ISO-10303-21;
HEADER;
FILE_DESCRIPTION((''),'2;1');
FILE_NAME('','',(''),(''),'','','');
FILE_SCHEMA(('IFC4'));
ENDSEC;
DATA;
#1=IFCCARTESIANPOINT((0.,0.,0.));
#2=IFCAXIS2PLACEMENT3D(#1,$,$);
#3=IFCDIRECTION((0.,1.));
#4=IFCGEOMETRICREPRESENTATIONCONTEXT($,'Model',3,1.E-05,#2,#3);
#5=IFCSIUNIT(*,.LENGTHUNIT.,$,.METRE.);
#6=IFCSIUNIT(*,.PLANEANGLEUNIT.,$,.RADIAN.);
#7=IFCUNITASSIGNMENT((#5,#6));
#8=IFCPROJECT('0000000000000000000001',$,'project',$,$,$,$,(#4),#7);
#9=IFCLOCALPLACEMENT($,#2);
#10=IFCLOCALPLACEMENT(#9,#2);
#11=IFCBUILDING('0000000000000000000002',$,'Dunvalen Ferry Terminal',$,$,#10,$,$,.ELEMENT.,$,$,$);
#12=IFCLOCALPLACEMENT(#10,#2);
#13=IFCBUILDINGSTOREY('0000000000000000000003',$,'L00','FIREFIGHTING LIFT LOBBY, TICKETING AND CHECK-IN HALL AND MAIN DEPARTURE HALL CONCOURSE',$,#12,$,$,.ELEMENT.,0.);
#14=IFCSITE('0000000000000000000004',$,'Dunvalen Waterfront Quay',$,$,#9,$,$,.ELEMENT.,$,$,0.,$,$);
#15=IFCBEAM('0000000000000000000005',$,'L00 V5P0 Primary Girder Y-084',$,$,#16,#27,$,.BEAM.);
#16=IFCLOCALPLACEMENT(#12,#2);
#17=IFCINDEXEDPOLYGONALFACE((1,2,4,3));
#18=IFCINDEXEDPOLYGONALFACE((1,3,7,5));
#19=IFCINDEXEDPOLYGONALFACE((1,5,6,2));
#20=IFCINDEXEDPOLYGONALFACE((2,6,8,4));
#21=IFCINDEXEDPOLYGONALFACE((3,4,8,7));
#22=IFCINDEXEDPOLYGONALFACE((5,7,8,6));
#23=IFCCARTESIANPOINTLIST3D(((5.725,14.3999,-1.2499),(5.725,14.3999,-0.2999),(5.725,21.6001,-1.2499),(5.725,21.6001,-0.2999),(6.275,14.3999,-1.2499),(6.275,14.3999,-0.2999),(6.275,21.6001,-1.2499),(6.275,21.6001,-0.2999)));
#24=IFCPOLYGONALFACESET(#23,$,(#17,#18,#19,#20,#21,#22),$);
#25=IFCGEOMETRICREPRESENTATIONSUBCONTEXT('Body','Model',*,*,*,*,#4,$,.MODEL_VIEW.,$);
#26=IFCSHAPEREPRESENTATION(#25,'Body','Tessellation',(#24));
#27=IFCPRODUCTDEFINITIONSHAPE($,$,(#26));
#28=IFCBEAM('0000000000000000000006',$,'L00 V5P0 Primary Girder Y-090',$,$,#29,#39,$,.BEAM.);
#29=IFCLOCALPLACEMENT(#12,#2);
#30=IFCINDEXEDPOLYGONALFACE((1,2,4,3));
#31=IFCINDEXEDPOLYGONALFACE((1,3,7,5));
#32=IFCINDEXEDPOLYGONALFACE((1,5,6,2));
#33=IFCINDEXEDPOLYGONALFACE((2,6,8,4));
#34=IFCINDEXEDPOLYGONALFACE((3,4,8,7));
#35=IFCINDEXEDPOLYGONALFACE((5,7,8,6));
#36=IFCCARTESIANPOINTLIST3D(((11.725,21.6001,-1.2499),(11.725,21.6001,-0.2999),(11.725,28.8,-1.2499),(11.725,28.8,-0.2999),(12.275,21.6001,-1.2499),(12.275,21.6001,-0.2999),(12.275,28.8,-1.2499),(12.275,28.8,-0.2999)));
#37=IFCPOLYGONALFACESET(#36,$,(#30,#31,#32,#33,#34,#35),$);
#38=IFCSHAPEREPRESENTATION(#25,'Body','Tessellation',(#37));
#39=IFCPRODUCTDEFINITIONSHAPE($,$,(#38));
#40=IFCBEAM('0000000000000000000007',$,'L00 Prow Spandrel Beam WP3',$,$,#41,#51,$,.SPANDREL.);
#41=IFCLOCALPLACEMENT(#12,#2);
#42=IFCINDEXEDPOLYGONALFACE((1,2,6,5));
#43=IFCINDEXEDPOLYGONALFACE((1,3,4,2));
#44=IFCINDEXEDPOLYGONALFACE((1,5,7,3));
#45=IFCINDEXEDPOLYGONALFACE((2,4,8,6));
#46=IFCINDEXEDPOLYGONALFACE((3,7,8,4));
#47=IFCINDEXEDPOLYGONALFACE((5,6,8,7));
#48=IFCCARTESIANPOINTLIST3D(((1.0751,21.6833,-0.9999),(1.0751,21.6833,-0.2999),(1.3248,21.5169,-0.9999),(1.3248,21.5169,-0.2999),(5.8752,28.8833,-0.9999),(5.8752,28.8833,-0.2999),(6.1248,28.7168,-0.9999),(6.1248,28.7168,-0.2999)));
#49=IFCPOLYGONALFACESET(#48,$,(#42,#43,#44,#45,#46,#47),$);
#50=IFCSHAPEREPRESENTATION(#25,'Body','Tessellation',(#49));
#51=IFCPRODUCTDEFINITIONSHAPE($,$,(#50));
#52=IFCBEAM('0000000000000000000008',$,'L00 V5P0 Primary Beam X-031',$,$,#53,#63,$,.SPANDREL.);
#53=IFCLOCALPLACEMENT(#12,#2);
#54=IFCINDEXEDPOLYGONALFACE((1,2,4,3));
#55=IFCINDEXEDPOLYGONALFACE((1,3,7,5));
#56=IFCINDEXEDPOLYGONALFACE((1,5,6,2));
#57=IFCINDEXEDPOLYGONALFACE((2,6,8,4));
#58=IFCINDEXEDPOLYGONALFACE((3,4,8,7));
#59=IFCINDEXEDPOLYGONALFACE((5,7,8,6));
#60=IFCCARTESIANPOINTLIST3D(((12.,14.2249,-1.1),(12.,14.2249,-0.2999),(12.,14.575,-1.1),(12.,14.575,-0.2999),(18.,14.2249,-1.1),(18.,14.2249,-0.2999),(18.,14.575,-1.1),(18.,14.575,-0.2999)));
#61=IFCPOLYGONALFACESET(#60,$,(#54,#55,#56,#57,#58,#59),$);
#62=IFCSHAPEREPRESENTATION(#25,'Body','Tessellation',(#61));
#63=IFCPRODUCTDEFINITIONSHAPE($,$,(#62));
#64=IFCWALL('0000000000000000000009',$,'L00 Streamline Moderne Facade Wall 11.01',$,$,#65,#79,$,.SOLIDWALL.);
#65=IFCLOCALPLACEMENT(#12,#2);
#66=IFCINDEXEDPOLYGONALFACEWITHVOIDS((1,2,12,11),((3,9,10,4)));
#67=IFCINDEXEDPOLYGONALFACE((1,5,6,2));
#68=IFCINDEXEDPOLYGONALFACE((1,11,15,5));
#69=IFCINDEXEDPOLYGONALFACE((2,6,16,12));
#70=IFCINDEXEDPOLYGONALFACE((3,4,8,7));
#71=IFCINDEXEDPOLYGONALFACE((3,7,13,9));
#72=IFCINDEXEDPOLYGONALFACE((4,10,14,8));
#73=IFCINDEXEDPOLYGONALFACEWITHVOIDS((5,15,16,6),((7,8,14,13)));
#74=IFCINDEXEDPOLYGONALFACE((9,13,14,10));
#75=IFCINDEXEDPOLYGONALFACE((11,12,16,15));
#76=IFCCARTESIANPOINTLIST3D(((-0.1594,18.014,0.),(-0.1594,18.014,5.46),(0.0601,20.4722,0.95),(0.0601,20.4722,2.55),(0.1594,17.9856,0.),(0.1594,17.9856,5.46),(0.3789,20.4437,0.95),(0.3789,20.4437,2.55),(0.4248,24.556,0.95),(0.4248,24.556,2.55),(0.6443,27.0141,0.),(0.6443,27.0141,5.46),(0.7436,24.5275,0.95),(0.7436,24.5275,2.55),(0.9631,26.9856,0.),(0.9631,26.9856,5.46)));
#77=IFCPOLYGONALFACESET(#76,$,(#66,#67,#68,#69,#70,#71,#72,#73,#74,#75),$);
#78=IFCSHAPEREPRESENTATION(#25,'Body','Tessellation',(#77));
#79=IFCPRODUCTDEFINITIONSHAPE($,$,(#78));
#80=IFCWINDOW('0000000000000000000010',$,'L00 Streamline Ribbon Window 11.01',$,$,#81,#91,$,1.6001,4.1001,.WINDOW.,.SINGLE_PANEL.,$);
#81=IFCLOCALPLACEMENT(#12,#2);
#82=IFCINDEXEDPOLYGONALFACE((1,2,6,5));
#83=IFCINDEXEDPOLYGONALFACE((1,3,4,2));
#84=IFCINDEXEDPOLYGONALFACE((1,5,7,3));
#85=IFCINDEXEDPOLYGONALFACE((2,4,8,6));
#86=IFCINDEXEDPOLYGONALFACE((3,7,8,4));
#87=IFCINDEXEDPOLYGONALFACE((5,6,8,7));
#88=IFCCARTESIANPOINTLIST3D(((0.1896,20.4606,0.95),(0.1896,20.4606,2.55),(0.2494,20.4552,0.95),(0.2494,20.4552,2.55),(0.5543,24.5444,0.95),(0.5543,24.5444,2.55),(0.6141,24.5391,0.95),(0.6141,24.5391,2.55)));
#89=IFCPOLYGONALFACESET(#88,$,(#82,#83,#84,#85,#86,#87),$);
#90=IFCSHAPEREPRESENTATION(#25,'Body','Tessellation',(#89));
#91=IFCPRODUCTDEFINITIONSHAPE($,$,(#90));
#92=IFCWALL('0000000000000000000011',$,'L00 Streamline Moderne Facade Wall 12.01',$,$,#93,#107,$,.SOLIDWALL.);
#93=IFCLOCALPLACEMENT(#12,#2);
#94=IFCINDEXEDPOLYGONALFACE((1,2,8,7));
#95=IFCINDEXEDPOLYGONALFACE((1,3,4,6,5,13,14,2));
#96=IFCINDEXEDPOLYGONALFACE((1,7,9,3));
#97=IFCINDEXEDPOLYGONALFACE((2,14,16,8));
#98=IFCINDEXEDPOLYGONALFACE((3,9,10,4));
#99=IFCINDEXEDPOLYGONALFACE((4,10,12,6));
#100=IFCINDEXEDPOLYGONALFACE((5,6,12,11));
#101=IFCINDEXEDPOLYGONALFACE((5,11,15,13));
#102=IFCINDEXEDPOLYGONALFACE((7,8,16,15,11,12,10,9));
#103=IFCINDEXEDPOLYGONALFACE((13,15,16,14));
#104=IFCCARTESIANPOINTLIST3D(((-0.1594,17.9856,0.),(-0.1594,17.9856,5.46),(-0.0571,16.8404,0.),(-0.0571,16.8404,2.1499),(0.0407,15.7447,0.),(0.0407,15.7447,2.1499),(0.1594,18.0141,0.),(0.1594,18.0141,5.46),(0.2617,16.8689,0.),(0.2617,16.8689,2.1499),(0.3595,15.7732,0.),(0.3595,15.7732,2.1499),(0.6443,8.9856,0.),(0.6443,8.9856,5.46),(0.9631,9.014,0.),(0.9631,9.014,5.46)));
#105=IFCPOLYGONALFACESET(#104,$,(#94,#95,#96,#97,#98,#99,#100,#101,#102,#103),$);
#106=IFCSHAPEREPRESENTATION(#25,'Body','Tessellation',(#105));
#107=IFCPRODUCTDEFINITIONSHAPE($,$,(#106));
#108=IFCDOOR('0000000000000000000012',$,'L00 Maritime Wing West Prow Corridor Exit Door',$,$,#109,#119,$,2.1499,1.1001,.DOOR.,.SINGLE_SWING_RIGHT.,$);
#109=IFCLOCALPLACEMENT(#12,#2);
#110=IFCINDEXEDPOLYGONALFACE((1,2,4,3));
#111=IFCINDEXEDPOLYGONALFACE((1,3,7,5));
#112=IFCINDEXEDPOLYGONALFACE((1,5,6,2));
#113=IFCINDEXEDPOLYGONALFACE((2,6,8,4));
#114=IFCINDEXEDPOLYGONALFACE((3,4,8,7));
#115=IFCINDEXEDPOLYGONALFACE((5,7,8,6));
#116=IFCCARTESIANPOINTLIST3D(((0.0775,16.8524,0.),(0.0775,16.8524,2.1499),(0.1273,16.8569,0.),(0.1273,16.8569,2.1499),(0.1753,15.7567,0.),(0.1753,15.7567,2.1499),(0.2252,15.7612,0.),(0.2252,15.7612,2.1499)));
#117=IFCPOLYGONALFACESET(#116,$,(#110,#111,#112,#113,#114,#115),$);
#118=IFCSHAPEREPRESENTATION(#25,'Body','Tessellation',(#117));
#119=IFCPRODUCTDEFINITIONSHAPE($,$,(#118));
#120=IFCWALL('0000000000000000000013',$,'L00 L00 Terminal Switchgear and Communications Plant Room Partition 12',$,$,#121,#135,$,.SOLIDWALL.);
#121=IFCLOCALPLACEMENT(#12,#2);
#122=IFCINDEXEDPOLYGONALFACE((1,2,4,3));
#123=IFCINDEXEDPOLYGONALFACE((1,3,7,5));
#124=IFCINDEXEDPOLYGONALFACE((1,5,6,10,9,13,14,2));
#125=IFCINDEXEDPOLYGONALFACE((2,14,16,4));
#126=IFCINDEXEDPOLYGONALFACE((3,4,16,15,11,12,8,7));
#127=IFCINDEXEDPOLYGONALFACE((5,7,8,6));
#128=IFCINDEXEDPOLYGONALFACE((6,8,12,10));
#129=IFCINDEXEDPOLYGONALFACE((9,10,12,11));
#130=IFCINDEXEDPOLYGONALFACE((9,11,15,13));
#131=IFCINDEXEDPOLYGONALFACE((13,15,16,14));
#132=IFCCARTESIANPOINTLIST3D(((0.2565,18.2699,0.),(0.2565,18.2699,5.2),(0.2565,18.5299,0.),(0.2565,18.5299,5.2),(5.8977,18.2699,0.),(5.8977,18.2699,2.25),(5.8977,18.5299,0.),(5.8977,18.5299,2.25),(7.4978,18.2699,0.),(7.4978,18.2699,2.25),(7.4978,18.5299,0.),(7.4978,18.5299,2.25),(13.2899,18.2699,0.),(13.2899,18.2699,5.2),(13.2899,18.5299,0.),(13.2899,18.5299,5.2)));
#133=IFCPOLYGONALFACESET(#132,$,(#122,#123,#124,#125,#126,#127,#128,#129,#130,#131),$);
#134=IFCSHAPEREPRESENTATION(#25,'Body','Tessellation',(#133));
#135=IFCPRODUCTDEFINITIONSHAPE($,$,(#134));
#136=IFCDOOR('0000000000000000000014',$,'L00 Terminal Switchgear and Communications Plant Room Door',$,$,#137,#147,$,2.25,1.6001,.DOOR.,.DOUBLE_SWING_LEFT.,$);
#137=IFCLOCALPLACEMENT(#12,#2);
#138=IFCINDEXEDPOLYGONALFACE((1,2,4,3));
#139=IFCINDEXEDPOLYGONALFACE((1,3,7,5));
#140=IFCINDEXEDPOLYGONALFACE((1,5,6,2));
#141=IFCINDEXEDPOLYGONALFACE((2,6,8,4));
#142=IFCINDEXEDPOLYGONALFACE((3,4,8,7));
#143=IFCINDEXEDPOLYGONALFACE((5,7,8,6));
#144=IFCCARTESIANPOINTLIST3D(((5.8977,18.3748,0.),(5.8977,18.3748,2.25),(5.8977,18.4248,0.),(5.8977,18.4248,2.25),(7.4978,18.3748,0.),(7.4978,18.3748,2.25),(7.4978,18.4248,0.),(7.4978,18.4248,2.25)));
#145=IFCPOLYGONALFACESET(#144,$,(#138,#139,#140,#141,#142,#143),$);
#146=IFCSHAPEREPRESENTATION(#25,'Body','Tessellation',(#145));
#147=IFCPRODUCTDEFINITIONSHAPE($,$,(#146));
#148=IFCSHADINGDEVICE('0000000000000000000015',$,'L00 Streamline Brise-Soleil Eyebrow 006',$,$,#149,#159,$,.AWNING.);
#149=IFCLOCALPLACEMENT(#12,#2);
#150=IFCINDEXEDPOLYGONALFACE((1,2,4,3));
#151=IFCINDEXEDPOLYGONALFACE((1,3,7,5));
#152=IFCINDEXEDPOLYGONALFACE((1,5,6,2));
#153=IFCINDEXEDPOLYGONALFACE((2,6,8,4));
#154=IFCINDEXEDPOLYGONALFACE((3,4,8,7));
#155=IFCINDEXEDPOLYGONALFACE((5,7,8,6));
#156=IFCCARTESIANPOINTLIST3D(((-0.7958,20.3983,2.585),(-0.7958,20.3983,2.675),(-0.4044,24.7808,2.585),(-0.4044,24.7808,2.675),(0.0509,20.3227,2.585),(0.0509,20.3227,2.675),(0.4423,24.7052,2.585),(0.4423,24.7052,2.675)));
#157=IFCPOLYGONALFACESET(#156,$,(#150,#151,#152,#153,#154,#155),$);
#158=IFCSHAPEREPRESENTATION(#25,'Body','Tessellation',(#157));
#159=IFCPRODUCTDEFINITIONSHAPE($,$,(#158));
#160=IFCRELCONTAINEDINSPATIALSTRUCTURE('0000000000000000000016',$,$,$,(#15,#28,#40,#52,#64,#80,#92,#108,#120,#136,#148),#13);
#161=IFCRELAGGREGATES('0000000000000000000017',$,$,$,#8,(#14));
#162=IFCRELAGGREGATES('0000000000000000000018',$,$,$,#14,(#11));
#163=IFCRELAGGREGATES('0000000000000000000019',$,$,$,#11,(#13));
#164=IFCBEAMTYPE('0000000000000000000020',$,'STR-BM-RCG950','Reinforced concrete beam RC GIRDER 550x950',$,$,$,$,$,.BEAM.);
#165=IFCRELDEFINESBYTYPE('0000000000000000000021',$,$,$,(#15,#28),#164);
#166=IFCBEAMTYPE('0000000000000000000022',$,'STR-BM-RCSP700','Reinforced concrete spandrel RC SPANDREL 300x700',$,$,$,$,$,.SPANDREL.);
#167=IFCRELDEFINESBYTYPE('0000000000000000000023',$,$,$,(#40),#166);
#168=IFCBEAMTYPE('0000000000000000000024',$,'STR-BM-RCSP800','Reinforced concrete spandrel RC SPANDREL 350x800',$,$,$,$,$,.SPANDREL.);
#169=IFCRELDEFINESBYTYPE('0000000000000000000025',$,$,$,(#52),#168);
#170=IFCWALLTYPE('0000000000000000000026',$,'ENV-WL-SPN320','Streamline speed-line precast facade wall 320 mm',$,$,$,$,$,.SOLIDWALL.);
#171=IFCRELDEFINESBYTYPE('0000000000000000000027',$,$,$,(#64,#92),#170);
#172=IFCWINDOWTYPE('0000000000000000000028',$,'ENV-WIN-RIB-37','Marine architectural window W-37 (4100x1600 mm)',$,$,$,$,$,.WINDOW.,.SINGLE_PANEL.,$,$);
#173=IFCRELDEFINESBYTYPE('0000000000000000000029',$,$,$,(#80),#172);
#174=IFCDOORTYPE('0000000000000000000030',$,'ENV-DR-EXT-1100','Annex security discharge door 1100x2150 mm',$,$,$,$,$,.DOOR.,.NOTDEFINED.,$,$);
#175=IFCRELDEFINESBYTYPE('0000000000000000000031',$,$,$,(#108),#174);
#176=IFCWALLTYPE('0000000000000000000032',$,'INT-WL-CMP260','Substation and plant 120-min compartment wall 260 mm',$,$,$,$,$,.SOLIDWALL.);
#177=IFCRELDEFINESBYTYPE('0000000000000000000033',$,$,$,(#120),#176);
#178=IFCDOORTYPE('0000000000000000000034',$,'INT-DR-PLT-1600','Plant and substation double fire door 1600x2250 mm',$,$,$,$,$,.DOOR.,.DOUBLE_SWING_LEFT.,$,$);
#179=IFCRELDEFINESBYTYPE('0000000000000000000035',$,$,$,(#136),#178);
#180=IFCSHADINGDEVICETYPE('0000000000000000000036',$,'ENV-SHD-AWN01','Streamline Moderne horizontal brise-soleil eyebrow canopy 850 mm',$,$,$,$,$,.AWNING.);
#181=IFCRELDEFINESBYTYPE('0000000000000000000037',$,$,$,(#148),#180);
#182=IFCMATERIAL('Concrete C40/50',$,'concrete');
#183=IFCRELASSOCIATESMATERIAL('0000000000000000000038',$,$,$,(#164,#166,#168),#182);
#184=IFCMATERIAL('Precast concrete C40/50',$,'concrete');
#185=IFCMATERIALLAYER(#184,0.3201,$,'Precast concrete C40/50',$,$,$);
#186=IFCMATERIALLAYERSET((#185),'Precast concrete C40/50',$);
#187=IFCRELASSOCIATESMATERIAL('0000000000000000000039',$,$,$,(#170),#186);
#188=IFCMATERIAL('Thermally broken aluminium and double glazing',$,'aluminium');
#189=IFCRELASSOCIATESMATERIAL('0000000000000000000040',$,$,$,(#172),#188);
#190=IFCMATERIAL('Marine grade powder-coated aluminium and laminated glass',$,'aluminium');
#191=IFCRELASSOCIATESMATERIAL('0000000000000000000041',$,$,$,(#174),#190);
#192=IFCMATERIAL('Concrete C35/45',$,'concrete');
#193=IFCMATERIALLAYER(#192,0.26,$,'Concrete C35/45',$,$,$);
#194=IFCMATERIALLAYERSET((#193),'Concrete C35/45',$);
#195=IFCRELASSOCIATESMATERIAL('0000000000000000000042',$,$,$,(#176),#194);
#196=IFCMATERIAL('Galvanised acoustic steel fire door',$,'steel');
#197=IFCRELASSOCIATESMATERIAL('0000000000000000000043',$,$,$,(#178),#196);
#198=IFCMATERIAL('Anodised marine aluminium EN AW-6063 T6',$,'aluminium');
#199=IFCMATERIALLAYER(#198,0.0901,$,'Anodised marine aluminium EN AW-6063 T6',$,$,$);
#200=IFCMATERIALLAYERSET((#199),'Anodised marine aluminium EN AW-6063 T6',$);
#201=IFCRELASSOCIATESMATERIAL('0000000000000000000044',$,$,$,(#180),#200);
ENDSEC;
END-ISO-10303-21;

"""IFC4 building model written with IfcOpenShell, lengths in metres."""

from ifc_helpers import new_model, si_unit, direction, frame, frame_2d, origin, origin_2d, place, context, subcontext, project, spatial, rectangle, extrude, material, layer, layer_set, material_profile, profile_set, type_object, element, fill, save


model = new_model("IFC4")

# Units and contexts
model_context = context("Model", 3, precision=1e-05, world=origin(), true_north=direction((0.0, 1.0)))
body_context = subcontext(model_context, "Body", "Model", "MODEL_VIEW")
ifc_project = project(units=[si_unit("LENGTHUNIT", "METRE"), si_unit("PLANEANGLEUNIT", "RADIAN")], contexts=[model_context])

# Site, building, storey
site_placement = place(None, origin())
site = spatial("IfcSite", under=ifc_project, at=site_placement, Name="Dunvalen Waterfront Quay", CompositionType="ELEMENT", RefElevation=0.0)
building_placement = place(site_placement, origin())
building = spatial("IfcBuilding", under=site, at=building_placement, Name="Dunvalen Ferry Terminal", CompositionType="ELEMENT")
storey_placement = place(building_placement, origin())
storey = spatial("IfcBuildingStorey", under=building, at=storey_placement, Name="L00", Description="FIREFIGHTING LIFT LOBBY, TICKETING AND CHECK-IN HALL AND MAIN DEPARTURE HALL CONCOURSE", CompositionType="ELEMENT", Elevation=0.0)

# Shared definitions
ifc_material_1 = material(Name="Concrete C40/50", Category="concrete")

# Beams
ifc_material_2 = material(Name="Concrete C35/45", Category="concrete")
ifc_material_profile_1 = material_profile(ifc_material_1, rectangle(XDim=0.55, YDim=0.95, at=origin_2d()), Name="Concrete C40/50")
ifc_profile_set_1 = profile_set([ifc_material_profile_1], Name="Concrete C40/50")
beam_type_1 = type_object("IfcBeamType", Name="STR-BM-RCG950", Description="Reinforced concrete beam RC GIRDER 550x950", PredefinedType="BEAM", material=ifc_profile_set_1)
beam_1_placement = place(storey_placement, frame((6.0, 14.3999, -0.7749), z_axis=(0.0, 1.0, 0.0), x_axis=(-1.0, 0.0, 0.0)))
element("IfcBeam", 1, at=beam_1_placement, inside=storey, type_object=beam_type_1, Name="L00 V5P0 Primary Girder Y-084", PredefinedType="BEAM", context=body_context, shape_type="SweptSolid", body=[
    extrude(rectangle(XDim=0.55, YDim=0.95, at=origin_2d()), origin(), (0.0, 0.0, 1.0), 7.2002),
])
beam_2_placement = place(storey_placement, frame((12.0, 21.6001, -0.7749), z_axis=(0.0, 1.0, 0.0), x_axis=(-1.0, 0.0, 0.0)))
element("IfcBeam", 2, at=beam_2_placement, inside=storey, type_object=beam_type_1, Name="L00 V5P0 Primary Girder Y-090", PredefinedType="BEAM", context=body_context, shape_type="SweptSolid", body=[
    extrude(rectangle(XDim=0.55, YDim=0.95, at=origin_2d()), origin(), (0.0, 0.0, 1.0), 7.2),
])
ifc_material_profile_2 = material_profile(ifc_material_1, rectangle(XDim=0.3, YDim=0.7, at=origin_2d()), Name="Concrete C40/50")
ifc_profile_set_2 = profile_set([ifc_material_profile_2], Name="Concrete C40/50")
beam_type_2 = type_object("IfcBeamType", Name="STR-BM-RCSP700", Description="Reinforced concrete spandrel RC SPANDREL 300x700", PredefinedType="SPANDREL", material=ifc_profile_set_2)
beam_3_placement = place(storey_placement, frame((1.2, 21.6001, -0.6499), z_axis=(0.554707, 0.832046, 0.0), x_axis=(-0.832046, 0.554707, 0.0)))
element("IfcBeam", 3, at=beam_3_placement, inside=storey, type_object=beam_type_2, Name="L00 Prow Spandrel Beam WP3", PredefinedType="SPANDREL", context=body_context, shape_type="SweptSolid", body=[
    extrude(rectangle(XDim=0.3, YDim=0.7, at=origin_2d()), origin(), (0.0, 0.0, 1.0), 8.6533),
])
ifc_material_profile_3 = material_profile(ifc_material_1, rectangle(XDim=0.3501, YDim=0.8, at=origin_2d()), Name="Concrete C40/50")
ifc_profile_set_3 = profile_set([ifc_material_profile_3], Name="Concrete C40/50")
beam_type_3 = type_object("IfcBeamType", Name="STR-BM-RCSP800", Description="Reinforced concrete spandrel RC SPANDREL 350x800", PredefinedType="SPANDREL", material=ifc_profile_set_3)
beam_4_placement = place(storey_placement, frame((12.0, 14.3999, -0.7), z_axis=(1.0, 0.0, 0.0), x_axis=(0.0, 1.0, 0.0)))
element("IfcBeam", 4, at=beam_4_placement, inside=storey, type_object=beam_type_3, Name="L00 V5P0 Primary Beam X-031", PredefinedType="SPANDREL", context=body_context, shape_type="SweptSolid", body=[
    extrude(rectangle(XDim=0.3501, YDim=0.8, at=origin_2d()), origin(), (0.0, 0.0, 1.0), 6.0),
])

# Wall, opening, window
ifc_material_3 = material(Name="Precast concrete C40/50", Category="concrete")
ifc_layer_1 = layer(ifc_material_3, 0.3201, Name="Precast concrete C40/50")
ifc_layer_set_1 = layer_set([ifc_layer_1], Name="Precast concrete C40/50")
wall_type_1 = type_object("IfcWallType", Name="ENV-WL-SPN320", Description="Streamline speed-line precast facade wall 320 mm", PredefinedType="SOLIDWALL", material=ifc_layer_set_1)
wall_1_placement = place(storey_placement, frame((0.8037, 27.0, 0.0), z_axis=(0.0, 0.0, 1.0), x_axis=(-0.088947, -0.996036, 0.0)))
wall_1 = element("IfcWall", 5, at=wall_1_placement, inside=storey, type_object=wall_type_1, Name="L00 Streamline Moderne Facade Wall 11.01", PredefinedType="SOLIDWALL", context=body_context, shape_type="SweptSolid", body=[
    extrude(rectangle(XDim=9.0359, YDim=0.3201, at=frame_2d((4.5181, 0.0))), origin(), (0.0, 0.0, 1.0), 5.46),
])
opening_1_placement = place(wall_1_placement, frame((2.468, 0.0, 0.95)))
opening_1 = element("IfcOpeningElement", 6, at=opening_1_placement, cuts=wall_1, PredefinedType="OPENING", context=body_context, shape_type="SweptSolid", body=[
    extrude(rectangle(XDim=4.1001, YDim=1.6001, at=frame_2d((2.05, 0.8))), frame((0.0, 0.1699, 0.0), z_axis=(0.0, -1.0, 0.0), x_axis=(1.0, 0.0, 0.0)), (0.0, 0.0, 1.0), 0.3401),
])
ifc_material_4 = material(Name="Thermally broken aluminium and double glazing", Category="aluminium")
window_type = type_object("IfcWindowType", Name="ENV-WIN-RIB-37", Description="Marine architectural window W-37 (4100x1600 mm)", PartitioningType="SINGLE_PANEL", PredefinedType="WINDOW", material=ifc_material_4)
window_placement = place(opening_1_placement, origin())
window = element("IfcWindow", 7, at=window_placement, inside=storey, type_object=window_type, Name="L00 Streamline Ribbon Window 11.01", OverallHeight=1.6001, OverallWidth=4.1001, PartitioningType="SINGLE_PANEL", PredefinedType="WINDOW", context=body_context, shape_type="SweptSolid", body=[
    extrude(rectangle(XDim=4.1001, YDim=1.6001, at=frame_2d((2.05, 0.8))), frame((0.0, 0.03, 0.0), z_axis=(0.0, -1.0, 0.0), x_axis=(1.0, 0.0, 0.0)), (0.0, 0.0, 1.0), 0.0601),
])
fill(opening_1, window)

# Walls, openings, doors
wall_2_placement = place(storey_placement, frame((0.0, 18.0, 0.0), z_axis=(0.0, 0.0, 1.0), x_axis=(0.088947, -0.996036, 0.0)))
wall_2 = element("IfcWall", 8, at=wall_2_placement, inside=storey, type_object=wall_type_1, Name="L00 Streamline Moderne Facade Wall 12.01", PredefinedType="SOLIDWALL", context=body_context, shape_type="SweptSolid", body=[
    extrude(rectangle(XDim=9.0359, YDim=0.3201, at=frame_2d((4.5181, 0.0))), origin(), (0.0, 0.0, 1.0), 5.46),
])
opening_2_placement = place(wall_2_placement, frame((1.1499, 0.0, 0.0)))
opening_2 = element("IfcOpeningElement", 9, at=opening_2_placement, cuts=wall_2, PredefinedType="OPENING", context=body_context, shape_type="SweptSolid", body=[
    extrude(rectangle(XDim=1.1001, YDim=2.1499, at=frame_2d((0.55, 1.075))), frame((0.0, 0.1699, 0.0), z_axis=(0.0, -1.0, 0.0), x_axis=(1.0, 0.0, 0.0)), (0.0, 0.0, 1.0), 0.3401),
])
ifc_material_5 = material(Name="Marine grade powder-coated aluminium and laminated glass", Category="aluminium")
door_type_1 = type_object("IfcDoorType", Name="ENV-DR-EXT-1100", Description="Annex security discharge door 1100x2150 mm", OperationType="NOTDEFINED", PredefinedType="DOOR", material=ifc_material_5)
door_1_placement = place(opening_2_placement, frame((1.1001, 0.0, 0.0), z_axis=(0.0, 0.0, 1.0), x_axis=(-1.0, 0.0, 0.0)))
door_1 = element("IfcDoor", 10, at=door_1_placement, inside=storey, type_object=door_type_1, Name="L00 Maritime Wing West Prow Corridor Exit Door", OperationType="SINGLE_SWING_RIGHT", OverallHeight=2.1499, OverallWidth=1.1001, PredefinedType="DOOR", context=body_context, shape_type="SweptSolid", body=[
    extrude(rectangle(XDim=1.1001, YDim=2.1499, at=frame_2d((0.55, 1.075))), frame((0.0, 0.0249, 0.0), z_axis=(0.0, -1.0, 0.0), x_axis=(1.0, 0.0, 0.0)), (0.0, 0.0, 1.0), 0.05),
])
fill(opening_2, door_1)
ifc_layer_2 = layer(ifc_material_2, 0.26, Name="Concrete C35/45")
ifc_layer_set_2 = layer_set([ifc_layer_2], Name="Concrete C35/45")
wall_type_2 = type_object("IfcWallType", Name="INT-WL-CMP260", Description="Substation and plant 120-min compartment wall 260 mm", PredefinedType="SOLIDWALL", material=ifc_layer_set_2)
wall_3_placement = place(storey_placement, frame((0.2566, 18.3999, 0.0), z_axis=(0.0, 0.0, 1.0), x_axis=(1.0, 0.0, 0.0)))
wall_3 = element("IfcWall", 11, at=wall_3_placement, inside=storey, type_object=wall_type_2, Name="L00 L00 Terminal Switchgear and Communications Plant Room Partition 12", PredefinedType="SOLIDWALL", context=body_context, shape_type="SweptSolid", body=[
    extrude(rectangle(XDim=13.0334, YDim=0.26, at=frame_2d((6.5166, 0.0))), origin(), (0.0, 0.0, 1.0), 5.2),
])
opening_3_placement = place(wall_3_placement, frame((5.6411, 0.0, 0.0)))
opening_3 = element("IfcOpeningElement", 12, at=opening_3_placement, cuts=wall_3, PredefinedType="OPENING", context=body_context, shape_type="SweptSolid", body=[
    extrude(rectangle(XDim=1.6001, YDim=2.25, at=frame_2d((0.8, 1.125))), frame((0.0, 0.1401, 0.0), z_axis=(0.0, -1.0, 0.0), x_axis=(1.0, 0.0, 0.0)), (0.0, 0.0, 1.0), 0.28),
])
ifc_material_6 = material(Name="Galvanised acoustic steel fire door", Category="steel")
door_type_2 = type_object("IfcDoorType", Name="INT-DR-PLT-1600", Description="Plant and substation double fire door 1600x2250 mm", OperationType="DOUBLE_SWING_LEFT", PredefinedType="DOOR", material=ifc_material_6)
door_2_placement = place(opening_3_placement, origin())
door_2 = element("IfcDoor", 13, at=door_2_placement, inside=storey, type_object=door_type_2, Name="L00 Terminal Switchgear and Communications Plant Room Door", OperationType="DOUBLE_SWING_LEFT", OverallHeight=2.25, OverallWidth=1.6001, PredefinedType="DOOR", context=body_context, shape_type="SweptSolid", body=[
    extrude(rectangle(XDim=1.6001, YDim=2.25, at=frame_2d((0.8, 1.125))), frame((0.0, 0.0249, 0.0), z_axis=(0.0, -1.0, 0.0), x_axis=(1.0, 0.0, 0.0)), (0.0, 0.0, 1.0), 0.05),
])
fill(opening_3, door_2)

# Shading device
ifc_material_7 = material(Name="Anodised marine aluminium EN AW-6063 T6", Category="aluminium")
ifc_layer_3 = layer(ifc_material_7, 0.0901, Name="Anodised marine aluminium EN AW-6063 T6")
ifc_layer_set_3 = layer_set([ifc_layer_3], Name="Anodised marine aluminium EN AW-6063 T6")
shading_device_type = type_object("IfcShadingDeviceType", Name="ENV-SHD-AWN01", Description="Streamline Moderne horizontal brise-soleil eyebrow canopy 850 mm", PredefinedType="AWNING", material=ifc_layer_set_3)
shading_device_placement = place(storey_placement, frame((-0.1768, 22.5518, 2.585), z_axis=(0.0, 0.0, 1.0), x_axis=(-0.088957, -0.996035, 0.0)))
element("IfcShadingDevice", 14, at=shading_device_placement, inside=storey, type_object=shading_device_type, Name="L00 Streamline Brise-Soleil Eyebrow 006", PredefinedType="AWNING", context=body_context, shape_type="SweptSolid", body=[
    extrude(rectangle(XDim=4.3999, YDim=0.8501, at=origin_2d()), origin(), (0.0, 0.0, 1.0), 0.0901),
])

save(model, "model.ifc")
